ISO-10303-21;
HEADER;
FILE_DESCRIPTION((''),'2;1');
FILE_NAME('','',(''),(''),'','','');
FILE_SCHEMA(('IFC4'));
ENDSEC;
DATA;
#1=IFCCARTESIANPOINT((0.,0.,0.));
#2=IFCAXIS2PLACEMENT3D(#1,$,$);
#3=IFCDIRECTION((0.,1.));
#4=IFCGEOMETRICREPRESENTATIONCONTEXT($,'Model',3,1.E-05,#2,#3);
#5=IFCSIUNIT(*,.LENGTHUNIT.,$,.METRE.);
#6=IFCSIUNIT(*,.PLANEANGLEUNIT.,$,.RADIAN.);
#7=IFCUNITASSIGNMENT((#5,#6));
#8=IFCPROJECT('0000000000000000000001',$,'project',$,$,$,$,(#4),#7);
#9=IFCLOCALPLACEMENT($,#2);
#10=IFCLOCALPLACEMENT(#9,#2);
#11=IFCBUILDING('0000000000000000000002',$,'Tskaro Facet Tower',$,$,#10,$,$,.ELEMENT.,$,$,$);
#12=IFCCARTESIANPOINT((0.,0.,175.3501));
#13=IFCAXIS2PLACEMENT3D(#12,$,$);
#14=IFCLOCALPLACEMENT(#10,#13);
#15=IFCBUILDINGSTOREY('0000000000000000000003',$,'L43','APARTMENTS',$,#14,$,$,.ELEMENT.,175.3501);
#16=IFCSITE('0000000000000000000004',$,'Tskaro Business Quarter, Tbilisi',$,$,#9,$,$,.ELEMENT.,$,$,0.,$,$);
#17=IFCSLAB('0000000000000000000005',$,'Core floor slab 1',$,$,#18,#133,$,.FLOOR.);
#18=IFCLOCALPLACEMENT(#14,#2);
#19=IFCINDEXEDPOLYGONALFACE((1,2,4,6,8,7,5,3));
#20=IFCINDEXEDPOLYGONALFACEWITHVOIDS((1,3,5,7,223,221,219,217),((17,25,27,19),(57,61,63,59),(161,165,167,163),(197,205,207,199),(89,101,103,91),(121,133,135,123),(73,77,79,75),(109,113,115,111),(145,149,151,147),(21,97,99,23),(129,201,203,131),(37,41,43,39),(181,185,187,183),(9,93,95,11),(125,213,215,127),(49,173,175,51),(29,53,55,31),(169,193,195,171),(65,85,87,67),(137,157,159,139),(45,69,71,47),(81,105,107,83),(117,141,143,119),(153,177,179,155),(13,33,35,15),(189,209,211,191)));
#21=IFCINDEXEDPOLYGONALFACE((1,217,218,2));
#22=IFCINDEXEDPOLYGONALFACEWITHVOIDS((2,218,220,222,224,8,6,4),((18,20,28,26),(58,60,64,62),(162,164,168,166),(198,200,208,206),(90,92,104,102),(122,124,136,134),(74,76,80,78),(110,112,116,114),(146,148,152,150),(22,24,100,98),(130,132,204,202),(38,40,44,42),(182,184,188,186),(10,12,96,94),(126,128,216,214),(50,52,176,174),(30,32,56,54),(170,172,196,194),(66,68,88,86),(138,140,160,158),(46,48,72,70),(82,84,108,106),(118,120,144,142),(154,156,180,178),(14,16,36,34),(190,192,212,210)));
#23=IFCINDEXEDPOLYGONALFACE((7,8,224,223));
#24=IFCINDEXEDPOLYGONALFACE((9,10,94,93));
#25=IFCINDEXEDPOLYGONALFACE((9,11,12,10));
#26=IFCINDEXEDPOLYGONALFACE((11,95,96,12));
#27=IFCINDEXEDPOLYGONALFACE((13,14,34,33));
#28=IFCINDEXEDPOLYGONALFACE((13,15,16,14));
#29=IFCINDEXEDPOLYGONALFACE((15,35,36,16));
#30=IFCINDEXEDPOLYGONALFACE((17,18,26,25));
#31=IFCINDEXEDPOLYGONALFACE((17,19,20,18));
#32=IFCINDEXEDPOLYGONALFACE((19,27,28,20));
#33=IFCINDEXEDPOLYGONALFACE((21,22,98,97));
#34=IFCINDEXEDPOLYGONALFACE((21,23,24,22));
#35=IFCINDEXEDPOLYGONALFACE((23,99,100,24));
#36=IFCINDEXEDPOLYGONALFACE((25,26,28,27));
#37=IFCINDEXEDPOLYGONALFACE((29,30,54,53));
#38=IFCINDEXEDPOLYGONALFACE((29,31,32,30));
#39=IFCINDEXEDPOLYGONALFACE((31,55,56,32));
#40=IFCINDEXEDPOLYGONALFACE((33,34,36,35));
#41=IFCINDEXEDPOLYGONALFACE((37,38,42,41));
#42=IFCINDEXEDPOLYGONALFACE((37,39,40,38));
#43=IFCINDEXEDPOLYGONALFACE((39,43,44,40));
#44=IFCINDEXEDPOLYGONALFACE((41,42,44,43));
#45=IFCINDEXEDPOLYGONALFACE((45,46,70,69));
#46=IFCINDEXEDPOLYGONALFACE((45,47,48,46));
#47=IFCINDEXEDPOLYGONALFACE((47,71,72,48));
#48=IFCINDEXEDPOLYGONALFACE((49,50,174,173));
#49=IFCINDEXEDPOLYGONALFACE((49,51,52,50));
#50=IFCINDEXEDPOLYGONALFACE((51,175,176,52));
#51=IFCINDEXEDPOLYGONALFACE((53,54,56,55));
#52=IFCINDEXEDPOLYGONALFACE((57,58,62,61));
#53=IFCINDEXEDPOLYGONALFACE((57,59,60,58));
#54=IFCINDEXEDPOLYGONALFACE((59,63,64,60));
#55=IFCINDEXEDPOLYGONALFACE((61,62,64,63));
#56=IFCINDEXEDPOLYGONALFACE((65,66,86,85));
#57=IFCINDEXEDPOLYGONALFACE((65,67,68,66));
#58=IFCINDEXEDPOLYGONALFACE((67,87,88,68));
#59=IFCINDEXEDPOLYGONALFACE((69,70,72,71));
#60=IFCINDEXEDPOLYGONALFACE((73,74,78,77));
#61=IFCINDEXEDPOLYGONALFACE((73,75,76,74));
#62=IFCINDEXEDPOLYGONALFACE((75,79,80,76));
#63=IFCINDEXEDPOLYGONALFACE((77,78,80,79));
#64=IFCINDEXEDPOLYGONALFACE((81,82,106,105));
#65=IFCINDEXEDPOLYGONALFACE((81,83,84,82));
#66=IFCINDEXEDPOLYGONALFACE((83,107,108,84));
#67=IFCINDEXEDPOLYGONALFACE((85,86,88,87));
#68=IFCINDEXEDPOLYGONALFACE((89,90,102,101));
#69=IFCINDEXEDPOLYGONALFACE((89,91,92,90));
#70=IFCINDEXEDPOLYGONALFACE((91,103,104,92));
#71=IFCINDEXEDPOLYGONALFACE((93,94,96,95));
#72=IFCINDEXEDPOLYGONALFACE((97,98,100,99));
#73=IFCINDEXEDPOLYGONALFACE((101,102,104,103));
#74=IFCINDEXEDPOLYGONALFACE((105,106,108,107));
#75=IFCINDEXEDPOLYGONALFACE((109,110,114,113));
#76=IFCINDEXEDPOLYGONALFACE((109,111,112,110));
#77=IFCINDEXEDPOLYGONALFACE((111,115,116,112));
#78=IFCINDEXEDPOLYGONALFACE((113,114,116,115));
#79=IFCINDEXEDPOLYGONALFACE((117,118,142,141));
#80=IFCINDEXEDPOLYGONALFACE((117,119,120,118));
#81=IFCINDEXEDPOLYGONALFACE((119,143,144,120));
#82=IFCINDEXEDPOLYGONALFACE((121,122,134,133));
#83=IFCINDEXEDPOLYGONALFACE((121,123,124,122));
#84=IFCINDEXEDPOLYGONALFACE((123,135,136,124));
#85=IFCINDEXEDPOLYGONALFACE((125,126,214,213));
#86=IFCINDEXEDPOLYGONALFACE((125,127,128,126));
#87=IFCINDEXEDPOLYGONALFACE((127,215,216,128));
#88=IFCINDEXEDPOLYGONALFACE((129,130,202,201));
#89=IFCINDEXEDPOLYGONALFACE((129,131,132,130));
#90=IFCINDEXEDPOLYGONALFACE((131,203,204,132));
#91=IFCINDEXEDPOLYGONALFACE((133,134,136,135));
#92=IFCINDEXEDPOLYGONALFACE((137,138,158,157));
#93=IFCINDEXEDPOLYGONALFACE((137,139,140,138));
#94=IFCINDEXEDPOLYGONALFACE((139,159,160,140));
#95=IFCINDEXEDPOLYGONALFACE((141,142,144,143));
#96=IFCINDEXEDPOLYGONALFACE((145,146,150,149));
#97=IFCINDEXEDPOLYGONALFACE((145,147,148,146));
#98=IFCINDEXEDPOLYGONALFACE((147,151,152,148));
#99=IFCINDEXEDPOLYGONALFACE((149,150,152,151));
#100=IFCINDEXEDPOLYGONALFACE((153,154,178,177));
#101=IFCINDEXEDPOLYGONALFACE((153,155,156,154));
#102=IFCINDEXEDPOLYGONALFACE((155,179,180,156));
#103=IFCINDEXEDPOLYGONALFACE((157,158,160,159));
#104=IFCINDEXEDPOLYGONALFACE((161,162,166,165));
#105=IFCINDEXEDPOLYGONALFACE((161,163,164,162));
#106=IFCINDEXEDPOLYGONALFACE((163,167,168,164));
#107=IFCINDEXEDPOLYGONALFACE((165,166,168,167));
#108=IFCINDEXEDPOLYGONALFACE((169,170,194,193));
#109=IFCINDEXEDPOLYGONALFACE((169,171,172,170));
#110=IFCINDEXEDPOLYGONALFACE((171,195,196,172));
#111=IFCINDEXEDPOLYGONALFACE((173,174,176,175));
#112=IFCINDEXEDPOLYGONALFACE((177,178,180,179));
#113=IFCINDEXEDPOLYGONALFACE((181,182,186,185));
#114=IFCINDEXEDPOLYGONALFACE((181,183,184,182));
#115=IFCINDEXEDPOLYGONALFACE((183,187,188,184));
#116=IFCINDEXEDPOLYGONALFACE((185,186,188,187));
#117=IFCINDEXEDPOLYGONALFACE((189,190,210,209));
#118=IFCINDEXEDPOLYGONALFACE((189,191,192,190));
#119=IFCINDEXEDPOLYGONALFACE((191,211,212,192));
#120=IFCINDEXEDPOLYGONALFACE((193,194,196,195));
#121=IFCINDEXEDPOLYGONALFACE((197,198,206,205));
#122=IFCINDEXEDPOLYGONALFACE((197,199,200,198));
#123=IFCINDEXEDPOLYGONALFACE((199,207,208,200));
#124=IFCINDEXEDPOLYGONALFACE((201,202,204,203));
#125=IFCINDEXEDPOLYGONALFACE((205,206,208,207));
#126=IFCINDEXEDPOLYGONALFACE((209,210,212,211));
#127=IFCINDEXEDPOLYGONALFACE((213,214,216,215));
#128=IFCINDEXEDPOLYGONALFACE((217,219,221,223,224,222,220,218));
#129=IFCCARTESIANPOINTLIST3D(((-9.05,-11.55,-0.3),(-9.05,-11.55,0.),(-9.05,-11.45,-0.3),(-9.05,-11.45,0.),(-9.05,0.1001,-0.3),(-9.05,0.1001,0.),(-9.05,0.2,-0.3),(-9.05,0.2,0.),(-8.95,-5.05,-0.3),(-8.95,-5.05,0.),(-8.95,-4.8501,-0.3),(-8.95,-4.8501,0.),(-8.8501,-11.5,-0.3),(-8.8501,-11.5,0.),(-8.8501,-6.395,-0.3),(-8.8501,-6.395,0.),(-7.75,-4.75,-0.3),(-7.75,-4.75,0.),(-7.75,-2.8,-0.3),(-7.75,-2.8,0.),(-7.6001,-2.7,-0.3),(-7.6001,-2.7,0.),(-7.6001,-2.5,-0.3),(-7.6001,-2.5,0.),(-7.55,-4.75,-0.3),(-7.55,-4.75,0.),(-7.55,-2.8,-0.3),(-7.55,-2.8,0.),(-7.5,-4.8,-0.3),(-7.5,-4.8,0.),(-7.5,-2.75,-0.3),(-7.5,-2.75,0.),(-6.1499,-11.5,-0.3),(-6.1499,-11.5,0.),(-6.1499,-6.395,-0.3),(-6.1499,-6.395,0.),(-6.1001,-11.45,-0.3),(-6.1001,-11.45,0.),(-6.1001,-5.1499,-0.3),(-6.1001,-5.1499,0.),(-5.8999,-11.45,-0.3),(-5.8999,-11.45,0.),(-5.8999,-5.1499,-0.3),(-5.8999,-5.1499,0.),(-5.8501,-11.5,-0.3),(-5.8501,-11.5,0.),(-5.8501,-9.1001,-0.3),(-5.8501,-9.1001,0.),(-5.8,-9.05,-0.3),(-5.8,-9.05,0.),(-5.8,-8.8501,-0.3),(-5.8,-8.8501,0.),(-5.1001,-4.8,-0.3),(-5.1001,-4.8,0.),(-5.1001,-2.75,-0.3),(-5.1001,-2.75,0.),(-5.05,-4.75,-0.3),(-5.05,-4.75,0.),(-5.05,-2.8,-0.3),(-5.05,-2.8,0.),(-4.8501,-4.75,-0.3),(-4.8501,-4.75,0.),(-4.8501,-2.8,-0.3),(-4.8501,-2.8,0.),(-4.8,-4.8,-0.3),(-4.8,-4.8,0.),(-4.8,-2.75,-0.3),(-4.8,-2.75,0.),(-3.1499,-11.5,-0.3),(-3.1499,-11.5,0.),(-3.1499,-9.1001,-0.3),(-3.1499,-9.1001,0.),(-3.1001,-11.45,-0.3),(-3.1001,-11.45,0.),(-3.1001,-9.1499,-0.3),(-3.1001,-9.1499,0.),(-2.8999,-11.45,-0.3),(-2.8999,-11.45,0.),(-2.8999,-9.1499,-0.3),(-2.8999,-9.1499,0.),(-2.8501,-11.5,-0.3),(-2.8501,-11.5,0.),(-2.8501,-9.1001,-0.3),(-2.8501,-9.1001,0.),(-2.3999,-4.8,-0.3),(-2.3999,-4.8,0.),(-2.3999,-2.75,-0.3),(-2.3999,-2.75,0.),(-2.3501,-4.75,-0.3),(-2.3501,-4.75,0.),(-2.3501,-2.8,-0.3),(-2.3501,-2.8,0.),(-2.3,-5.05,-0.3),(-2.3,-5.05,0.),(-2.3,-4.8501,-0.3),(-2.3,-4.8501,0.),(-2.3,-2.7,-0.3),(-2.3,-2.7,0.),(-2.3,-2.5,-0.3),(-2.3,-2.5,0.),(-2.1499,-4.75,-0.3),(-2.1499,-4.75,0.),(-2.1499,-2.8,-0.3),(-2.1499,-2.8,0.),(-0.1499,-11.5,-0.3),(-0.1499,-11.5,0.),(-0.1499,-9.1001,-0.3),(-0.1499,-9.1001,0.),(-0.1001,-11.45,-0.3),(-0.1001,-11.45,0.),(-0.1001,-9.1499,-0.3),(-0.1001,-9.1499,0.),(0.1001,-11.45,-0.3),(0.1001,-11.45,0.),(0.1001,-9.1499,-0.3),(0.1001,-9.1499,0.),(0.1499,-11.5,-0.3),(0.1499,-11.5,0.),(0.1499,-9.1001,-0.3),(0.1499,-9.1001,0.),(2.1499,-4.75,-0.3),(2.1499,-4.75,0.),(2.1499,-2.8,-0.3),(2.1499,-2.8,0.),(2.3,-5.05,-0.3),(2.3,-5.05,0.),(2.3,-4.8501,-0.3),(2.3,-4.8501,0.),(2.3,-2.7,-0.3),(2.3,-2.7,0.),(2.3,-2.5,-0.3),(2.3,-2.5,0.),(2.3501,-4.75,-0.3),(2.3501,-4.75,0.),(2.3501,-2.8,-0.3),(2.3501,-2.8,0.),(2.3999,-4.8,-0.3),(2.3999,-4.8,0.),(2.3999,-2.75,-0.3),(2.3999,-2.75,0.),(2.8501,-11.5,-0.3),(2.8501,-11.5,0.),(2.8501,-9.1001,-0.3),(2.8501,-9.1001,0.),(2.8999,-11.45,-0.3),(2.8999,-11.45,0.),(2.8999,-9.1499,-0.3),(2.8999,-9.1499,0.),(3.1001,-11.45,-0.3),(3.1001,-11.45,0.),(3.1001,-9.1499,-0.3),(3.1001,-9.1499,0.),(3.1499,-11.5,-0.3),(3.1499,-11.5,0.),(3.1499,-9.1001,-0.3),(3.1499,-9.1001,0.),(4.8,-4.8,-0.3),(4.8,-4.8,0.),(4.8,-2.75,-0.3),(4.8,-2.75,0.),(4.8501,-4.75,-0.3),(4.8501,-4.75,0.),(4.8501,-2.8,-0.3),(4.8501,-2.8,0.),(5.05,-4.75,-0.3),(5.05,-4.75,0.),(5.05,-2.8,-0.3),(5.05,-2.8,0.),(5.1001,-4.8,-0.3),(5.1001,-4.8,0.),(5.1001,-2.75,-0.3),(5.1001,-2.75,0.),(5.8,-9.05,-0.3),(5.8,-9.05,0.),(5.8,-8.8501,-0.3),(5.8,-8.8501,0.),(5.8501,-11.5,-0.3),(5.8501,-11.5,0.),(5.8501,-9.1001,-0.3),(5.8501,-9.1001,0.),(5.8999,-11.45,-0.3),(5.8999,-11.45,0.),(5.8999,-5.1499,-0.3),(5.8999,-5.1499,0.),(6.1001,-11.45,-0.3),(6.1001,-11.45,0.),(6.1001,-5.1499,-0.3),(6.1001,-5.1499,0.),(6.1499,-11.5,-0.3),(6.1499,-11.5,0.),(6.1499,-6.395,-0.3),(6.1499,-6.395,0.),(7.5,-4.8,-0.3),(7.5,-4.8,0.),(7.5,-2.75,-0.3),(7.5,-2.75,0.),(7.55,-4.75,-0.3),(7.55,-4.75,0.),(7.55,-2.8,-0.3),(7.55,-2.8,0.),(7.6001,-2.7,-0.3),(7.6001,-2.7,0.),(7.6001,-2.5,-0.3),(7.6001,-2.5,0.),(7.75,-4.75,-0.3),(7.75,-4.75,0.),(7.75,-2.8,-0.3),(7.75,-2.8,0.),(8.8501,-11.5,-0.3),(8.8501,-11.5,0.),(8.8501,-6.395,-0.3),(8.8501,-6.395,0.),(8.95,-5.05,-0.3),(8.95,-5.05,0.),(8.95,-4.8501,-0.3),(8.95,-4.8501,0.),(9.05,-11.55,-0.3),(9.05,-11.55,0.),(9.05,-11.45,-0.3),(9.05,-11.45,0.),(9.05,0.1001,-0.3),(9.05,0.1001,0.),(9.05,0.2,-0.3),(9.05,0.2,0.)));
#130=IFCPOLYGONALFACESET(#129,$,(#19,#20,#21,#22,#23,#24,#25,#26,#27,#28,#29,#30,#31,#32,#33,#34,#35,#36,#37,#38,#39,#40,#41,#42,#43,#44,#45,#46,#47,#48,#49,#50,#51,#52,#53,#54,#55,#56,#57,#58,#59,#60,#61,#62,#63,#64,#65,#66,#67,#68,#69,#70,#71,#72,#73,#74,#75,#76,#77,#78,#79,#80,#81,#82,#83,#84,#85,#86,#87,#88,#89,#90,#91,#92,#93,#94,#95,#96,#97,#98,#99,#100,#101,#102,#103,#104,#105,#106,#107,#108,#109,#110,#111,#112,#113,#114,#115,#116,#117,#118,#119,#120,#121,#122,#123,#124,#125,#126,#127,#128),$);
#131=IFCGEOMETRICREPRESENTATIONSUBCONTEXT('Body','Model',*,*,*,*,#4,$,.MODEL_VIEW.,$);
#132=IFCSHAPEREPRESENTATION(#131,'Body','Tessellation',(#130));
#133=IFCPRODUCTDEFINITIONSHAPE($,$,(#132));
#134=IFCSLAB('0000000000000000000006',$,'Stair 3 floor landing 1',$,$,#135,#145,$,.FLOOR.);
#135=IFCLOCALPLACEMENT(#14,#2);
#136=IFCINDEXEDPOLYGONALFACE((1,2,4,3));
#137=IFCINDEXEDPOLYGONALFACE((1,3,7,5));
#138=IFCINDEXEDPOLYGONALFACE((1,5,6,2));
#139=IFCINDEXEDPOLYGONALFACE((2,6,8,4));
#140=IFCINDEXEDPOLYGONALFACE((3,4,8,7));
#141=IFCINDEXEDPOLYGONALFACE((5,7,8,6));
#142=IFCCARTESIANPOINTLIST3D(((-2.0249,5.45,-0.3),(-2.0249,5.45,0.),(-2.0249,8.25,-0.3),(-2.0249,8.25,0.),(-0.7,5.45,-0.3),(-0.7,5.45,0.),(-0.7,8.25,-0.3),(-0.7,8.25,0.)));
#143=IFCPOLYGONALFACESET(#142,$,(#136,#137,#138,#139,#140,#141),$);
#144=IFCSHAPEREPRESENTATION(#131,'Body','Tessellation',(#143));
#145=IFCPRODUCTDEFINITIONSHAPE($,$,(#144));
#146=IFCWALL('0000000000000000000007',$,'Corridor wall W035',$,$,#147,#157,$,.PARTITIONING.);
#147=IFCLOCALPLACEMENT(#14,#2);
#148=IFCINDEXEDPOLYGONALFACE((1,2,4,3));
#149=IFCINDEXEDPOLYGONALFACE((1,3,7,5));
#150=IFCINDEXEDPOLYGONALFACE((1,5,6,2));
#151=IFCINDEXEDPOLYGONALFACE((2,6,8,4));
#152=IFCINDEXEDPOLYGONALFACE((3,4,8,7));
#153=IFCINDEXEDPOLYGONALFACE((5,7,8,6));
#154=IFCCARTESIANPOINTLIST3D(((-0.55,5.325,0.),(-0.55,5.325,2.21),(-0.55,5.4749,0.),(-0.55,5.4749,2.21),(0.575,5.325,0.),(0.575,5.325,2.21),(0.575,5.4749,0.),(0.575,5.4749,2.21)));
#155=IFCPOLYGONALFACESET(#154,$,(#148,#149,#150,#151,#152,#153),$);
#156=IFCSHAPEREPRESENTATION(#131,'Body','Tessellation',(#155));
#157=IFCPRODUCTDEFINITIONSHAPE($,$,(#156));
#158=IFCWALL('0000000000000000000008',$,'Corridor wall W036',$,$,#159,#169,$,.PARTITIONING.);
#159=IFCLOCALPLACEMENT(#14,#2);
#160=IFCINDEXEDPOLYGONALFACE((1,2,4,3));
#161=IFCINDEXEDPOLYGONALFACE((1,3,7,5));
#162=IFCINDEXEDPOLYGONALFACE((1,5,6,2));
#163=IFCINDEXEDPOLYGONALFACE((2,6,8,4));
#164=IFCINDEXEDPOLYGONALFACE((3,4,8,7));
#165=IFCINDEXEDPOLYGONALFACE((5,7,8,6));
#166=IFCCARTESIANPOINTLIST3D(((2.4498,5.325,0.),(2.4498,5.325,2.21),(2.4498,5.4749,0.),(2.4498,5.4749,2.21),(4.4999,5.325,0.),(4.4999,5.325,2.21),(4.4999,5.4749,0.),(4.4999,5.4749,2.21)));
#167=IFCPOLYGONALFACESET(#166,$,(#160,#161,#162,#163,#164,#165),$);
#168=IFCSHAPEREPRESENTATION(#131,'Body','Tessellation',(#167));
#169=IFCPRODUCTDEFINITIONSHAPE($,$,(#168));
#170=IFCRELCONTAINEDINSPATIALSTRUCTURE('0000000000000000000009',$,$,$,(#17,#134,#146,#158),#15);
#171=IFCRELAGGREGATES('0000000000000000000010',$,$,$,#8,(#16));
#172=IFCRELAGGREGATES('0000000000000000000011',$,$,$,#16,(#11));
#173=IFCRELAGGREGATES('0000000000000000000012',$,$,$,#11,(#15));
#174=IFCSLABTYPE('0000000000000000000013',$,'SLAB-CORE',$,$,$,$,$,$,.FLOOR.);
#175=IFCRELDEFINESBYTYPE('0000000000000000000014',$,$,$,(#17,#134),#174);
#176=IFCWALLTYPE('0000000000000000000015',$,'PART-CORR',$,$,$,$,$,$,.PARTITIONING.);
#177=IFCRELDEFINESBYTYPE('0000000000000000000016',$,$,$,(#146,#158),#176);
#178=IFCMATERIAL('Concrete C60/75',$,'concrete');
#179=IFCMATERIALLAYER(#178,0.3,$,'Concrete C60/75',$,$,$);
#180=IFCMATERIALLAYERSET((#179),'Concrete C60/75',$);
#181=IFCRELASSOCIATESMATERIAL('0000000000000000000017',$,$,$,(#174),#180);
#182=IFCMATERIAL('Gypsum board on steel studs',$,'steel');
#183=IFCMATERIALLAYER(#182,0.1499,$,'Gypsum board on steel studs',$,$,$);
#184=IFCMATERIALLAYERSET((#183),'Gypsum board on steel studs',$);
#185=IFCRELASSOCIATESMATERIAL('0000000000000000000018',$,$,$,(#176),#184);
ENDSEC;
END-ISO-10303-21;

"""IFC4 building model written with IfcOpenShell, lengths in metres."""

from ifc_helpers import new_model, si_unit, direction, frame, frame_2d, origin, place, context, subcontext, project, spatial, polyline, rectangle, outline, extrude, material, layer, layer_set, type_object, element, save


model = new_model("IFC4")

# Units and contexts
model_context = context("Model", 3, precision=1e-05, world=origin(), true_north=direction((0.0, 1.0)))
body_context = subcontext(model_context, "Body", "Model", "MODEL_VIEW")
ifc_project = project(units=[si_unit("LENGTHUNIT", "METRE"), si_unit("PLANEANGLEUNIT", "RADIAN")], contexts=[model_context])

# Site, building, storey
site_placement = place(None, origin())
site = spatial("IfcSite", under=ifc_project, at=site_placement, Name="Tskaro Business Quarter, Tbilisi", CompositionType="ELEMENT", RefElevation=0.0)
building_placement = place(site_placement, origin())
building = spatial("IfcBuilding", under=site, at=building_placement, Name="Tskaro Facet Tower", CompositionType="ELEMENT")
storey_placement = place(building_placement, frame((0.0, 0.0, 175.3501)))
storey = spatial("IfcBuildingStorey", under=building, at=storey_placement, Name="L43", Description="APARTMENTS", CompositionType="ELEMENT", Elevation=175.3501)

# Slabs
ifc_material_1 = material(Name="Concrete C60/75", Category="concrete")
ifc_layer_1 = layer(ifc_material_1, 0.3, Name="Concrete C60/75")
ifc_layer_set_1 = layer_set([ifc_layer_1], Name="Concrete C60/75")
slab_type_1 = type_object("IfcSlabType", Name="SLAB-CORE", PredefinedType="FLOOR", material=ifc_layer_set_1)
slab_1_placement = place(storey_placement, frame((0.0, 0.0, -0.3)))
element("IfcSlab", 1, at=slab_1_placement, inside=storey, type_object=slab_type_1, Name="Core floor slab 1", PredefinedType="FLOOR", context=body_context, shape_type="SweptSolid", body=[
    extrude(outline(polyline([(-9.05, 0.2), (9.05, 0.2), (9.05, 0.1001), (9.05, -11.45), (9.05, -11.55), (-9.05, -11.55), (-9.05, -11.45), (-9.05, 0.1001), (-9.05, 0.2)]), holes=[polyline([(-5.8501, -9.1001), (-5.8501, -11.5), (-3.1499, -11.5), (-3.1499, -9.1001), (-5.8501, -9.1001)]), polyline([(-3.1001, -11.45), (-2.8999, -11.45), (-2.8999, -9.1499), (-3.1001, -9.1499), (-3.1001, -11.45)]), polyline([(-2.8501, -9.1001), (-2.8501, -11.5), (-0.1499, -11.5), (-0.1499, -9.1001), (-2.8501, -9.1001)]), polyline([(-6.1001, -11.45), (-5.8999, -11.45), (-5.8999, -5.1499), (-6.1001, -5.1499), (-6.1001, -11.45)]), polyline([(-8.95, -5.05), (-2.3, -5.05), (-2.3, -4.8501), (-8.95, -4.8501), (-8.95, -5.05)]), polyline([(-7.75, -4.75), (-7.55, -4.75), (-7.55, -2.8), (-7.75, -2.8), (-7.75, -4.75)]), polyline([(-5.1001, -2.75), (-7.5, -2.75), (-7.5, -4.8), (-5.1001, -4.8), (-5.1001, -2.75)]), polyline([(-5.05, -4.75), (-4.8501, -4.75), (-4.8501, -2.8), (-5.05, -2.8), (-5.05, -4.75)]), polyline([(-2.3999, -2.75), (-4.8, -2.75), (-4.8, -4.8), (-2.3999, -4.8), (-2.3999, -2.75)]), polyline([(-2.3501, -4.75), (-2.1499, -4.75), (-2.1499, -2.8), (-2.3501, -2.8), (-2.3501, -4.75)]), polyline([(-7.6001, -2.7), (-2.3, -2.7), (-2.3, -2.5), (-7.6001, -2.5), (-7.6001, -2.7)]), polyline([(-0.1001, -11.45), (0.1001, -11.45), (0.1001, -9.1499), (-0.1001, -9.1499), (-0.1001, -11.45)]), polyline([(0.1499, -9.1001), (0.1499, -11.5), (2.8501, -11.5), (2.8501, -9.1001), (0.1499, -9.1001)]), polyline([(2.8999, -11.45), (3.1001, -11.45), (3.1001, -9.1499), (2.8999, -9.1499), (2.8999, -11.45)]), polyline([(3.1499, -9.1001), (3.1499, -11.5), (5.8501, -11.5), (5.8501, -9.1001), (3.1499, -9.1001)]), polyline([(-5.8, -9.05), (5.8, -9.05), (5.8, -8.8501), (-5.8, -8.8501), (-5.8, -9.05)]), polyline([(5.8999, -11.45), (6.1001, -11.45), (6.1001, -5.1499), (5.8999, -5.1499), (5.8999, -11.45)]), polyline([(2.3, -5.05), (8.95, -5.05), (8.95, -4.8501), (2.3, -4.8501), (2.3, -5.05)]), polyline([(2.1499, -4.75), (2.3501, -4.75), (2.3501, -2.8), (2.1499, -2.8), (2.1499, -4.75)]), polyline([(2.3999, -2.75), (2.3999, -4.8), (4.8, -4.8), (4.8, -2.75), (2.3999, -2.75)]), polyline([(4.8501, -4.75), (5.05, -4.75), (5.05, -2.8), (4.8501, -2.8), (4.8501, -4.75)]), polyline([(7.5, -2.75), (5.1001, -2.75), (5.1001, -4.8), (7.5, -4.8), (7.5, -2.75)]), polyline([(7.55, -4.75), (7.75, -4.75), (7.75, -2.8), (7.55, -2.8), (7.55, -4.75)]), polyline([(2.3, -2.7), (7.6001, -2.7), (7.6001, -2.5), (2.3, -2.5), (2.3, -2.7)]), polyline([(-8.8501, -11.5), (-6.1499, -11.5), (-6.1499, -6.395), (-8.8501, -6.395), (-8.8501, -11.5)]), polyline([(6.1499, -6.395), (6.1499, -11.5), (8.8501, -11.5), (8.8501, -6.395), (6.1499, -6.395)])]), origin(), (0.0, 0.0, 1.0), 0.3),
])
slab_2_placement = place(storey_placement, frame((0.0, 0.0, -0.3)))
element("IfcSlab", 2, at=slab_2_placement, inside=storey, type_object=slab_type_1, Name="Stair 3 floor landing 1", PredefinedType="FLOOR", context=body_context, shape_type="SweptSolid", body=[
    extrude(outline(polyline([(-2.0249, 5.45), (-0.7, 5.45), (-0.7, 8.25), (-2.0249, 8.25), (-2.0249, 5.45)])), origin(), (0.0, 0.0, 1.0), 0.3),
])

# Walls
ifc_material_2 = material(Name="Gypsum board on steel studs", Category="steel")
ifc_layer_2 = layer(ifc_material_2, 0.1499, Name="Gypsum board on steel studs")
ifc_layer_set_2 = layer_set([ifc_layer_2], Name="Gypsum board on steel studs")
wall_type_1 = type_object("IfcWallType", Name="PART-CORR", PredefinedType="PARTITIONING", material=ifc_layer_set_2)
wall_1_placement = place(storey_placement, frame((-0.55, 5.3999, 0.0), z_axis=(0.0, 0.0, 1.0), x_axis=(1.0, 0.0, 0.0)))
element("IfcWall", 3, at=wall_1_placement, inside=storey, type_object=wall_type_1, Name="Corridor wall W035", PredefinedType="PARTITIONING", context=body_context, shape_type="SweptSolid", body=[
    extrude(rectangle(XDim=1.125, YDim=0.1499, at=frame_2d((0.5625, 0.0))), origin(), (0.0, 0.0, 1.0), 2.21),
])
wall_2_placement = place(storey_placement, frame((2.45, 5.3999, 0.0), z_axis=(0.0, 0.0, 1.0), x_axis=(1.0, 0.0, 0.0)))
element("IfcWall", 4, at=wall_2_placement, inside=storey, type_object=wall_type_1, Name="Corridor wall W036", PredefinedType="PARTITIONING", context=body_context, shape_type="SweptSolid", body=[
    extrude(rectangle(XDim=2.05, YDim=0.1499, at=frame_2d((1.0249, 0.0))), origin(), (0.0, 0.0, 1.0), 2.21),
])

save(model, "model.ifc")
